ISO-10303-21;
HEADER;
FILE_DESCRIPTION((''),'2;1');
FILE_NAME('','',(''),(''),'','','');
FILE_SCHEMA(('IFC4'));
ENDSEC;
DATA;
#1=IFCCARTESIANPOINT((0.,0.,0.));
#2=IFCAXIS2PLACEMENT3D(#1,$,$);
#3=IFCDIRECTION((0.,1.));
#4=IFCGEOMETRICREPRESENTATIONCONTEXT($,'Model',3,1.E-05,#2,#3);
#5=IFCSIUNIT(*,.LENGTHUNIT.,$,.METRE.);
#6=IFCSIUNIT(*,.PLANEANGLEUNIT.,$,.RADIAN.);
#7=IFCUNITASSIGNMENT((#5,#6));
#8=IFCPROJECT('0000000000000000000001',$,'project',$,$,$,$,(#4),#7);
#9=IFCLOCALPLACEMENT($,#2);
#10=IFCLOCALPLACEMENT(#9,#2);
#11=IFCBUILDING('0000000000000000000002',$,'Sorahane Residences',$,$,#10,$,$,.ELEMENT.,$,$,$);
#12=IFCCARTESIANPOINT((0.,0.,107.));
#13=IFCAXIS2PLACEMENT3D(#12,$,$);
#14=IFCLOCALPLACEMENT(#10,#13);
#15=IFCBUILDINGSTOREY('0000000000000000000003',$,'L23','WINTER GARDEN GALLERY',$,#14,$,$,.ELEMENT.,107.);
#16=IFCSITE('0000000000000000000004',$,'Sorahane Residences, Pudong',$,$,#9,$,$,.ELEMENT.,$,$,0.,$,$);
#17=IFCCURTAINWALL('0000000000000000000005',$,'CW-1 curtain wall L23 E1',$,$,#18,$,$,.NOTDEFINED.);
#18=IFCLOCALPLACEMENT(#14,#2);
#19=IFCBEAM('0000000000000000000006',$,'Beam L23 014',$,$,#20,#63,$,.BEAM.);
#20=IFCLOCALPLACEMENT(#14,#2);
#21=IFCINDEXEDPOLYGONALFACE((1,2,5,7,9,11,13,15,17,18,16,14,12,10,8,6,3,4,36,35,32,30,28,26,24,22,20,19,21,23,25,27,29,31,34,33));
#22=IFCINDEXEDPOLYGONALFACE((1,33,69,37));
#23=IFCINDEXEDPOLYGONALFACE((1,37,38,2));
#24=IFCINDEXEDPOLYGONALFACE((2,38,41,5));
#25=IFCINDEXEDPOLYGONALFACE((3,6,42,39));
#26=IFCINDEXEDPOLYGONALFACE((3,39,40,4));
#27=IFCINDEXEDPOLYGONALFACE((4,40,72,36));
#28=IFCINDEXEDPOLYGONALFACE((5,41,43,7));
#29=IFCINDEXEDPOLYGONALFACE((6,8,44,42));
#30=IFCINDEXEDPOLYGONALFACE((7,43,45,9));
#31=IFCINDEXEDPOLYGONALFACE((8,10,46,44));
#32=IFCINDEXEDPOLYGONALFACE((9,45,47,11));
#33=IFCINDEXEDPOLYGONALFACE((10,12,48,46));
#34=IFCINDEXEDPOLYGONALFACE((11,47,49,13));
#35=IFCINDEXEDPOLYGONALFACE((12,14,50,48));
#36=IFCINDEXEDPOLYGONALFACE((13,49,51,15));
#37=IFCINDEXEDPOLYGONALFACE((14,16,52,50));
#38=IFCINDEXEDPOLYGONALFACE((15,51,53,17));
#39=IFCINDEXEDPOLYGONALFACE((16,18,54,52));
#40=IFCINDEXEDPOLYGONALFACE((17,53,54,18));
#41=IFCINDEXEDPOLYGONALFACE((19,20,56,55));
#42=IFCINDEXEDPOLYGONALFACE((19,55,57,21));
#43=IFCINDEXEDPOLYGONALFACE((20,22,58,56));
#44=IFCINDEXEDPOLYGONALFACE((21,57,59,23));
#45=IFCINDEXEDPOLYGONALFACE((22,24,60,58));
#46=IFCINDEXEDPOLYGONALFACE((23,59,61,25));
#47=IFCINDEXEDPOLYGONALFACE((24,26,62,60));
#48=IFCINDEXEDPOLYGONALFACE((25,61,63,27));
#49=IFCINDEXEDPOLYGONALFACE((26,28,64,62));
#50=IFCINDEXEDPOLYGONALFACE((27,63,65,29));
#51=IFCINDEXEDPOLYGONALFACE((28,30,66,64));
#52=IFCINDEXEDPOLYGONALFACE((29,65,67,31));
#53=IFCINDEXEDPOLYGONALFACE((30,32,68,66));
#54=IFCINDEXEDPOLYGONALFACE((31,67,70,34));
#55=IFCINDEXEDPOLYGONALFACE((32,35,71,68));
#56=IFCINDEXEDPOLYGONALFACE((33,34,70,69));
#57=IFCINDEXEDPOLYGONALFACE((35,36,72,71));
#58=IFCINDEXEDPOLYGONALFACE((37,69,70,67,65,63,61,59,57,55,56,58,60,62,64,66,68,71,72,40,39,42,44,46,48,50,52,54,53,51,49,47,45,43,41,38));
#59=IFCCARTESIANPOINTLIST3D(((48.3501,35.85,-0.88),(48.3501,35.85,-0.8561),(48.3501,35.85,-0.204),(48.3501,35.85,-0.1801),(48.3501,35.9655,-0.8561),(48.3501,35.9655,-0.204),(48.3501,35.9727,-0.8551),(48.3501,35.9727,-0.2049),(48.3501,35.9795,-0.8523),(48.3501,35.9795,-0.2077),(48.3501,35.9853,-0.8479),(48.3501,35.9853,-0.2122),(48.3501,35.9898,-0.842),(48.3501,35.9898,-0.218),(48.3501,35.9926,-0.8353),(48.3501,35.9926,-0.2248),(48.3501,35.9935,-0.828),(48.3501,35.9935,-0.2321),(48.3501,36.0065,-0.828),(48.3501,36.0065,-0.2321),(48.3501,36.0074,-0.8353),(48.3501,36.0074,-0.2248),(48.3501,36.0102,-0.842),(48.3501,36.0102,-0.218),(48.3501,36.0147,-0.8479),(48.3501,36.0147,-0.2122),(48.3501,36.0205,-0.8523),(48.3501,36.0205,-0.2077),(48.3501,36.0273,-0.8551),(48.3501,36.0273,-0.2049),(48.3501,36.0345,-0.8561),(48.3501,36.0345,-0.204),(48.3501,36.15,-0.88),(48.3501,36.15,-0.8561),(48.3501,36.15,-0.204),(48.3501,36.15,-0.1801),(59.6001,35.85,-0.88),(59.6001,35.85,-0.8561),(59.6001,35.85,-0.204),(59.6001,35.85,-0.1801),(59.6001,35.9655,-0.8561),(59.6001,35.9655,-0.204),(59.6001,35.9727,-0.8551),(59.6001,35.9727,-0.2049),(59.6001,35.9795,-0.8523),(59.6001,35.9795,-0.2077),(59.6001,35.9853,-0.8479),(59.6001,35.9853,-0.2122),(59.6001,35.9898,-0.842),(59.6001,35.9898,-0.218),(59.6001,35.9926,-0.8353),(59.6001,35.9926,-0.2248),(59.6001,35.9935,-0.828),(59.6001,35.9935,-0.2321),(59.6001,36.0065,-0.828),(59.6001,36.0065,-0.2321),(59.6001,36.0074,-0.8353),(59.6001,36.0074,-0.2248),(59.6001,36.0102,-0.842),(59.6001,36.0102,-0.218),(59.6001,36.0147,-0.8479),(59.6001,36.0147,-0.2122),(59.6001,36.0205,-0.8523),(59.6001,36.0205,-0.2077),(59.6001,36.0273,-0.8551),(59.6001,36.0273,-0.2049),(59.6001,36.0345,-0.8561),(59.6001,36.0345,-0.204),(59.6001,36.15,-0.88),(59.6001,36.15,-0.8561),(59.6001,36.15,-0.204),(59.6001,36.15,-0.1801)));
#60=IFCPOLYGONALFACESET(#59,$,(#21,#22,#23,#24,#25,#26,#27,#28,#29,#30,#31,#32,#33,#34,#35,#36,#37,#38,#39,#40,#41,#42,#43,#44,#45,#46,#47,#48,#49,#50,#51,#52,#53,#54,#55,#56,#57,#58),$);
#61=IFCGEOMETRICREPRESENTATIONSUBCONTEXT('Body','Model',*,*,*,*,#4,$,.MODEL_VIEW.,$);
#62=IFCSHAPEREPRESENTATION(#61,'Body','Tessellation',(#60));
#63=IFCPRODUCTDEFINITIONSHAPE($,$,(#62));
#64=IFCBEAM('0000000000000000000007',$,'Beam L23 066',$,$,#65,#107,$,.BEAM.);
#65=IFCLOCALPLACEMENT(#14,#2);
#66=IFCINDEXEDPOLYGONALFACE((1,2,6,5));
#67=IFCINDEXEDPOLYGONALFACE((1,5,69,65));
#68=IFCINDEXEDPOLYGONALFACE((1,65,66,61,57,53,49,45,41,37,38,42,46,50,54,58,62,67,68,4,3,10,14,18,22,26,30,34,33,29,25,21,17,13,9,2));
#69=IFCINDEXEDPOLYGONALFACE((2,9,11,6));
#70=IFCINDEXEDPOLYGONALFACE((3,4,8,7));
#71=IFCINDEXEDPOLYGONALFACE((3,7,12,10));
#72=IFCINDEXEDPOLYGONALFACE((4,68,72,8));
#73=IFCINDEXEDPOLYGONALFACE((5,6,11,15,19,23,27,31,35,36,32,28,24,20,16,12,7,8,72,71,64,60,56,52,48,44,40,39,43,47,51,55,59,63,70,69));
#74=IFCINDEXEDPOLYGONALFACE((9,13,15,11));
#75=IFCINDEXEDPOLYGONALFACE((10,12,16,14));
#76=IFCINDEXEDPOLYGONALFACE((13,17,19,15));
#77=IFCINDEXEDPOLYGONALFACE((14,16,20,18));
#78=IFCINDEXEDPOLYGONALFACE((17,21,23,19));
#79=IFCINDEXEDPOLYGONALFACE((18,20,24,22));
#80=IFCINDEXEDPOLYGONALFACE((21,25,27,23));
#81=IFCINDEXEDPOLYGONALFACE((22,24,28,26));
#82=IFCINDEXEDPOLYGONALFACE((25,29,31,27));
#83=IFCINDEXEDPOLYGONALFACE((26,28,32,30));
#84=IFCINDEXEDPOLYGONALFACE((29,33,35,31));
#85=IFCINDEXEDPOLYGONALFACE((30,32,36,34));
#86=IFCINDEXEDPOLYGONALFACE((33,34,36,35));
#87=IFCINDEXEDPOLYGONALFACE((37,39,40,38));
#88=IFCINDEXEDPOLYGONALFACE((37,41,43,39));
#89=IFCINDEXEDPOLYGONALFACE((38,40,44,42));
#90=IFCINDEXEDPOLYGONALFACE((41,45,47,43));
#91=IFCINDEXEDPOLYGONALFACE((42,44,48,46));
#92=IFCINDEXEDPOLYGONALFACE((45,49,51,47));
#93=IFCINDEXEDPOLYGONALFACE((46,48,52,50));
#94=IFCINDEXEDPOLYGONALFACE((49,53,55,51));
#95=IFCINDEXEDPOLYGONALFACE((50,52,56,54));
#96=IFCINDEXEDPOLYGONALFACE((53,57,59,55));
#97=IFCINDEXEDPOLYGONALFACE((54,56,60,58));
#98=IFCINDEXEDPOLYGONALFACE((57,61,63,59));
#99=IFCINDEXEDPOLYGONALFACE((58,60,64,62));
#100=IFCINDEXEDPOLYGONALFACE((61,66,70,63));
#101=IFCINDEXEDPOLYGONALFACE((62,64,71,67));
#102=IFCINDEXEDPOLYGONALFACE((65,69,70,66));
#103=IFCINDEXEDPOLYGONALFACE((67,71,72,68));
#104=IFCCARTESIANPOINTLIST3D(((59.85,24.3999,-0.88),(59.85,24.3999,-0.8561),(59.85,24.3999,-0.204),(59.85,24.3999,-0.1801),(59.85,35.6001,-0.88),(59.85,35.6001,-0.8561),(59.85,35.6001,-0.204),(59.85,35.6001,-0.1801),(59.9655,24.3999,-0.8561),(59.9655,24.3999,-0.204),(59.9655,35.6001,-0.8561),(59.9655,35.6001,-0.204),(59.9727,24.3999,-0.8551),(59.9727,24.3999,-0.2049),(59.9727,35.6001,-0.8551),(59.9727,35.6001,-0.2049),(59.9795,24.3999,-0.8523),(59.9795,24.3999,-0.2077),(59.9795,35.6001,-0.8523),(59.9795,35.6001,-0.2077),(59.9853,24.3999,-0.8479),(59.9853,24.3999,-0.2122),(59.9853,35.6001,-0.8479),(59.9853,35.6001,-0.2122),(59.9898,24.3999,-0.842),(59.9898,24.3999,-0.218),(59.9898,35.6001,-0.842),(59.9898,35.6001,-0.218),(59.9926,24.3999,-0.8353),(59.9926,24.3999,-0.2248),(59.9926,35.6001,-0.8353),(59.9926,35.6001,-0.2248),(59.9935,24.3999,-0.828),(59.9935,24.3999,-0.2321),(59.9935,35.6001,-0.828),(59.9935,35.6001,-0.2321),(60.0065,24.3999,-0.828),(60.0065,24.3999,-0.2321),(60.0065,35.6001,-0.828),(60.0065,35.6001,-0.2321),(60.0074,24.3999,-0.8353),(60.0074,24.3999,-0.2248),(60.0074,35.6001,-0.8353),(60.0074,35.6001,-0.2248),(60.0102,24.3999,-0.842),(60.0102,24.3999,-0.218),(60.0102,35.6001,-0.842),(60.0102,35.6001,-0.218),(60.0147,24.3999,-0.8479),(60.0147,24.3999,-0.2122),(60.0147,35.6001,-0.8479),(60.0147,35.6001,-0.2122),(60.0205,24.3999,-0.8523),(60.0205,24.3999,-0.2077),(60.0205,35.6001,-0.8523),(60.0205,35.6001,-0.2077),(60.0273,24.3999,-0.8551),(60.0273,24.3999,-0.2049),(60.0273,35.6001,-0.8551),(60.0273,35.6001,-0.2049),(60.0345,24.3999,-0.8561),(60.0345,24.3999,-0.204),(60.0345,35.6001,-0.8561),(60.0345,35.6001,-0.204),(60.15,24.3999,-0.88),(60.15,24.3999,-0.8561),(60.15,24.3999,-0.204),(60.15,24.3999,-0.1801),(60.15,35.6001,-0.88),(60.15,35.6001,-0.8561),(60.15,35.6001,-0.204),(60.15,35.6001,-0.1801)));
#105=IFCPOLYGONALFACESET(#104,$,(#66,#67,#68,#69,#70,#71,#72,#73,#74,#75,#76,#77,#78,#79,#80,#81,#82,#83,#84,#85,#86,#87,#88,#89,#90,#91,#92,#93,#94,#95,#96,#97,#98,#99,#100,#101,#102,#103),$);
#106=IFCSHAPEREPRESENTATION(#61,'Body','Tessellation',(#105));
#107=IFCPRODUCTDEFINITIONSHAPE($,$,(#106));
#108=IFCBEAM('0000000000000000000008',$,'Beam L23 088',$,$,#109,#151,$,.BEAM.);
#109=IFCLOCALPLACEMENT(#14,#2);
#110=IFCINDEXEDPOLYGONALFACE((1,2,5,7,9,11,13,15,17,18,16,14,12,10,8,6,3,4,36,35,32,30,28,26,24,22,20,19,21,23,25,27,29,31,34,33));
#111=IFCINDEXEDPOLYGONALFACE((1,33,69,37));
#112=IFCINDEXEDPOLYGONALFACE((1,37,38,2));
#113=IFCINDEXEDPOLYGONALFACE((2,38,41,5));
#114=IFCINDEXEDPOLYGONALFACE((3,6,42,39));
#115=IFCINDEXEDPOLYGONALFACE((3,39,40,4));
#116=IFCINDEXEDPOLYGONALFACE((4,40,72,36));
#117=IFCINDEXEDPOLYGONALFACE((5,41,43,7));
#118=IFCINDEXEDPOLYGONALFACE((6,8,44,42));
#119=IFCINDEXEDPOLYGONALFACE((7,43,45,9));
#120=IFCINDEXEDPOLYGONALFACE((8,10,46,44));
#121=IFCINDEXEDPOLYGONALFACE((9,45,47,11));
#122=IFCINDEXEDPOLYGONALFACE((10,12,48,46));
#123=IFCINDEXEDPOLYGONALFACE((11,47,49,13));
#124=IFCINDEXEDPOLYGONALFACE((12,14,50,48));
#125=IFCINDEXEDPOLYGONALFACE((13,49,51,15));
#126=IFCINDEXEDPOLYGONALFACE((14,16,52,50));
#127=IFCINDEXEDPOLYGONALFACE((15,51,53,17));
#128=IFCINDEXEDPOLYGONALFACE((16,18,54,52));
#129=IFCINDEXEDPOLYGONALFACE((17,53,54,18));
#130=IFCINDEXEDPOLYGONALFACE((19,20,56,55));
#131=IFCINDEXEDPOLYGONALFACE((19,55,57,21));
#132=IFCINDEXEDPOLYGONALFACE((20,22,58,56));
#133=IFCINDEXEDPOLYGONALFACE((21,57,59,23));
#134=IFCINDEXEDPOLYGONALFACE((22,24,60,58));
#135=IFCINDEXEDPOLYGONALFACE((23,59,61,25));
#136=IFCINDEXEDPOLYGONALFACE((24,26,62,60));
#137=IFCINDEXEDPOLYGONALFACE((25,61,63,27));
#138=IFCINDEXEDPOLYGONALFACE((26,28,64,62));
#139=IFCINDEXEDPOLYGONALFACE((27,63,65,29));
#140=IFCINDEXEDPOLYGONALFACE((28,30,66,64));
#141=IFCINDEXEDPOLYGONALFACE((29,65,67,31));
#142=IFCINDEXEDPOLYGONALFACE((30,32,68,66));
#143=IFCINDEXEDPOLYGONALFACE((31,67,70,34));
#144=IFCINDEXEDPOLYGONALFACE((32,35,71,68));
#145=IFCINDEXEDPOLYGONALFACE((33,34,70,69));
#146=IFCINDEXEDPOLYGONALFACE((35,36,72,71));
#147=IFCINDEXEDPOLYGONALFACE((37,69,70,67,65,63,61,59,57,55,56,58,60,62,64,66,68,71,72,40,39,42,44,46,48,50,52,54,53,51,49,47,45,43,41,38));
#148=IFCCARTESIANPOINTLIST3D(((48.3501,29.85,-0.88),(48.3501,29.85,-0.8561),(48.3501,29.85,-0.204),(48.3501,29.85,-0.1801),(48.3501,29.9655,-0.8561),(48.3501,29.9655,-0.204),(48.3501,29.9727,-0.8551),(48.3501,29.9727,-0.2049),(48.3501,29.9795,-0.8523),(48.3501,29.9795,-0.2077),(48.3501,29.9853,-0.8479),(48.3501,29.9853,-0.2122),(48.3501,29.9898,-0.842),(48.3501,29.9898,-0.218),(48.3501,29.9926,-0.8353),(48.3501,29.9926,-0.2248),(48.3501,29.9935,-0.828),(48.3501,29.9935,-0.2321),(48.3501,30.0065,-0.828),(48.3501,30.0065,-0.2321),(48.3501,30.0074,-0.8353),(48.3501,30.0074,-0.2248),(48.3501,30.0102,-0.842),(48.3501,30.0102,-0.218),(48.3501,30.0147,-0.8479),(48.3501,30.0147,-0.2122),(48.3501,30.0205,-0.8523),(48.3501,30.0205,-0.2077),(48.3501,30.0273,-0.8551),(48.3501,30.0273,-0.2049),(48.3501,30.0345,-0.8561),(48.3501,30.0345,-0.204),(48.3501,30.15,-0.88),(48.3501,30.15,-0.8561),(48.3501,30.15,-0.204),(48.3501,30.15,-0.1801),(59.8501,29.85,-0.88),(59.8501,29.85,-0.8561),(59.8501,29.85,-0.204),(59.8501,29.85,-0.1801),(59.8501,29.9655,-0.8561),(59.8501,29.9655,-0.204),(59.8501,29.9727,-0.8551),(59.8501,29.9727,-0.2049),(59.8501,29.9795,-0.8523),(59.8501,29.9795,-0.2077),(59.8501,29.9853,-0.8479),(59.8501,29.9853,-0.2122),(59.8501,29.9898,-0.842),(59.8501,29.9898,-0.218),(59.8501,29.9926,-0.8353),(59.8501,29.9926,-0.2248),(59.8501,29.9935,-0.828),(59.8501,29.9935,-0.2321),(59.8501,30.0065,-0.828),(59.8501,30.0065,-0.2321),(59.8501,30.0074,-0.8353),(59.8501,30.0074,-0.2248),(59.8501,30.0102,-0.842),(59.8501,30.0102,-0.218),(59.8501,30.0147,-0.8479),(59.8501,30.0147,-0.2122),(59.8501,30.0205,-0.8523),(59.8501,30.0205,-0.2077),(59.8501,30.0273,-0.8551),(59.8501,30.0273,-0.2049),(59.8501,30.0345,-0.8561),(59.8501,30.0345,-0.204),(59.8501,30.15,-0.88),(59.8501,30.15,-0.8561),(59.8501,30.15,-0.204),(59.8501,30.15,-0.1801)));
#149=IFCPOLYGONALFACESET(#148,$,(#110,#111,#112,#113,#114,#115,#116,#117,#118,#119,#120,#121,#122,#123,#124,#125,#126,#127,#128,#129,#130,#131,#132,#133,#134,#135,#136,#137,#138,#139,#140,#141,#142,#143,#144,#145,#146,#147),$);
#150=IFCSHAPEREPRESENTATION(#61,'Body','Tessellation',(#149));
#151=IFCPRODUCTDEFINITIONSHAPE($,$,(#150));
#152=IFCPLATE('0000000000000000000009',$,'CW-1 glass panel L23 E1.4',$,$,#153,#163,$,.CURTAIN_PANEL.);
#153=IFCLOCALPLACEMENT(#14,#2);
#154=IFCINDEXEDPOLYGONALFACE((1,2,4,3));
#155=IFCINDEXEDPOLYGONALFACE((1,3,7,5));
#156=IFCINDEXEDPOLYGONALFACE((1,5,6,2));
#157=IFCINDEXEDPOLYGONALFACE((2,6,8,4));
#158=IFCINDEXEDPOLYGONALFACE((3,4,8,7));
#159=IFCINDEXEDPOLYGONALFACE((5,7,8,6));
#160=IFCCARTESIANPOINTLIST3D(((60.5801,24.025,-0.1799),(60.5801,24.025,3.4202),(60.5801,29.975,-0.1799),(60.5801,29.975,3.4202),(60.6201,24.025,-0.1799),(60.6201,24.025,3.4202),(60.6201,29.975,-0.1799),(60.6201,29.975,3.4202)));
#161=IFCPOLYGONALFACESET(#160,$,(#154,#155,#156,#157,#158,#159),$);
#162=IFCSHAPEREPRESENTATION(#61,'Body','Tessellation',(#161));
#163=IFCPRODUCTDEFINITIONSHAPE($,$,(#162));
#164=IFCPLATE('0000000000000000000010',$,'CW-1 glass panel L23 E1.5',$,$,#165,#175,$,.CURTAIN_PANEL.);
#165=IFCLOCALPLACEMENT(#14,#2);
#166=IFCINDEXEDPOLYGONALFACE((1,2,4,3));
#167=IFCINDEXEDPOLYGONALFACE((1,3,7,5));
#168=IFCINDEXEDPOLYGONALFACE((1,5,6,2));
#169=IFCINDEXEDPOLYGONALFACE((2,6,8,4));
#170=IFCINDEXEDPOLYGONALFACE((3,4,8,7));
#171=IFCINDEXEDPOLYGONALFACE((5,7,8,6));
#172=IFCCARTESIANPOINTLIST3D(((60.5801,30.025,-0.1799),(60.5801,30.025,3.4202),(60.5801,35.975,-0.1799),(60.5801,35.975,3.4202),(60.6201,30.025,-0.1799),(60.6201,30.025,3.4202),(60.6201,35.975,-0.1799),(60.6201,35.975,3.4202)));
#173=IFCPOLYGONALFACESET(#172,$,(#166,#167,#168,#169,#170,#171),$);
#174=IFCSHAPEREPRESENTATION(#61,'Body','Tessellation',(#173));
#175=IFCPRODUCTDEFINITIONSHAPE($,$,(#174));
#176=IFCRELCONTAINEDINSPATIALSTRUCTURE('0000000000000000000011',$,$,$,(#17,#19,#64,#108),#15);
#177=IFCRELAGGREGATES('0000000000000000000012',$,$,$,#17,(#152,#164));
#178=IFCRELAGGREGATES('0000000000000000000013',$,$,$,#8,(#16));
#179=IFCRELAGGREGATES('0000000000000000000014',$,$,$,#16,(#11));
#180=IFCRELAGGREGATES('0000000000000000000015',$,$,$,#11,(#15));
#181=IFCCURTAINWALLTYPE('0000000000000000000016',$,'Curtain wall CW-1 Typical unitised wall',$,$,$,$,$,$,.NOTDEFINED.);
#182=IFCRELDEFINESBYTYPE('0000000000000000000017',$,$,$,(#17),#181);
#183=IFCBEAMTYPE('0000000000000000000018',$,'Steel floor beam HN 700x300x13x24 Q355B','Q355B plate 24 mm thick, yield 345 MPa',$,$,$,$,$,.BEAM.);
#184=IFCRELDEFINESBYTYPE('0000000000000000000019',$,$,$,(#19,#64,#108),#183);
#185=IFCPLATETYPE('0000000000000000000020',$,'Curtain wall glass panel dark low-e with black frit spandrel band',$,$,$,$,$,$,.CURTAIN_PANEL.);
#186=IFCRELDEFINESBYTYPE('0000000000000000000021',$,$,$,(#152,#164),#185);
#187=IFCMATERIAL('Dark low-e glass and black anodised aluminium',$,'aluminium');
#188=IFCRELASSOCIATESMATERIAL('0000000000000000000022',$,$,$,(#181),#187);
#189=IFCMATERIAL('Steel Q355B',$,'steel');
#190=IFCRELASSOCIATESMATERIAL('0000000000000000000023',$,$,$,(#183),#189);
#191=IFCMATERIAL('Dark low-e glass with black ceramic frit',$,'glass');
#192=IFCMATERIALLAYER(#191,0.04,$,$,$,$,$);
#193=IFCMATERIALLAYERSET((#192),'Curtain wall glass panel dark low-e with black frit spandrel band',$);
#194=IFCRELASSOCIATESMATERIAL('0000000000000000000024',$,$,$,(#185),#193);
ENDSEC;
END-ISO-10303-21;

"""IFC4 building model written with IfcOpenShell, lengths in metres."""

from ifc_helpers import new_model, si_unit, direction, frame, origin, origin_2d, place, context, subcontext, project, spatial, rectangle, i_section, extrude, material, layer, layer_set, material_profile, profile_set, type_object, element, aggregate, save


model = new_model("IFC4")

# Units and contexts
model_context = context("Model", 3, precision=1e-05, world=origin(), true_north=direction((0.0, 1.0)))
body_context = subcontext(model_context, "Body", "Model", "MODEL_VIEW")
ifc_project = project(units=[si_unit("LENGTHUNIT", "METRE"), si_unit("PLANEANGLEUNIT", "RADIAN")], contexts=[model_context])

# Site, building, storey
site_placement = place(None, origin())
site = spatial("IfcSite", under=ifc_project, at=site_placement, Name="Sorahane Residences, Pudong", CompositionType="ELEMENT", RefElevation=0.0)
building_placement = place(site_placement, origin())
building = spatial("IfcBuilding", under=site, at=building_placement, Name="Sorahane Residences", CompositionType="ELEMENT")
storey_placement = place(building_placement, frame((0.0, 0.0, 107.0)))
storey = spatial("IfcBuildingStorey", under=building, at=storey_placement, Name="L23", Description="WINTER GARDEN GALLERY", CompositionType="ELEMENT", Elevation=107.0)

# Curtain wall
ifc_material_1 = material(Name="Dark low-e glass and black anodised aluminium", Category="aluminium")
curtain_wall_type = type_object("IfcCurtainWallType", Name="Curtain wall CW-1 Typical unitised wall", PredefinedType="NOTDEFINED", material=ifc_material_1)
curtain_wall_placement = place(storey_placement, origin())
curtain_wall = element("IfcCurtainWall", 1, at=curtain_wall_placement, inside=storey, type_object=curtain_wall_type, Name="CW-1 curtain wall L23 E1", PredefinedType="NOTDEFINED")

# Beams
ifc_material_2 = material(Name="Steel Q355B", Category="steel")
ifc_material_profile_1 = material_profile(ifc_material_2, i_section(OverallWidth=0.3, OverallDepth=0.7, WebThickness=0.0129, FlangeThickness=0.0239, FilletRadius=0.0281, at=origin_2d()), Name="HN 700x300x13x24")
ifc_profile_set_1 = profile_set([ifc_material_profile_1], Name="Steel Q355B")
beam_type_1 = type_object("IfcBeamType", Name="Steel floor beam HN 700x300x13x24 Q355B", Description="Q355B plate 24 mm thick, yield 345 MPa", PredefinedType="BEAM", material=ifc_profile_set_1)
beam_1_placement = place(storey_placement, frame((48.3501, 36.0, -0.53), z_axis=(1.0, 0.0, 0.0), x_axis=(0.0, 1.0, 0.0)))
element("IfcBeam", 2, at=beam_1_placement, inside=storey, type_object=beam_type_1, Name="Beam L23 014", PredefinedType="BEAM", context=body_context, shape_type="SweptSolid", body=[
    extrude(i_section(OverallWidth=0.3, OverallDepth=0.7, WebThickness=0.0129, FlangeThickness=0.0239, FilletRadius=0.0281, at=origin_2d()), origin(), (0.0, 0.0, 1.0), 11.25),
])
beam_2_placement = place(storey_placement, frame((60.0, 24.3999, -0.53), z_axis=(0.0, 1.0, 0.0), x_axis=(-1.0, 0.0, 0.0)))
element("IfcBeam", 3, at=beam_2_placement, inside=storey, type_object=beam_type_1, Name="Beam L23 066", PredefinedType="BEAM", context=body_context, shape_type="SweptSolid", body=[
    extrude(i_section(OverallWidth=0.3, OverallDepth=0.7, WebThickness=0.0129, FlangeThickness=0.0239, FilletRadius=0.0281, at=origin_2d()), origin(), (0.0, 0.0, 1.0), 11.2002),
])
beam_3_placement = place(storey_placement, frame((48.3501, 30.0, -0.53), z_axis=(1.0, 0.0, 0.0), x_axis=(0.0, 1.0, 0.0)))
element("IfcBeam", 4, at=beam_3_placement, inside=storey, type_object=beam_type_1, Name="Beam L23 088", PredefinedType="BEAM", context=body_context, shape_type="SweptSolid", body=[
    extrude(i_section(OverallWidth=0.3, OverallDepth=0.7, WebThickness=0.0129, FlangeThickness=0.0239, FilletRadius=0.0281, at=origin_2d()), origin(), (0.0, 0.0, 1.0), 11.5),
])

# Plates
ifc_material_3 = material(Name="Dark low-e glass with black ceramic frit", Category="glass")
ifc_layer_1 = layer(ifc_material_3, 0.04)
ifc_layer_set_1 = layer_set([ifc_layer_1], Name="Curtain wall glass panel dark low-e with black frit spandrel band")
plate_type = type_object("IfcPlateType", Name="Curtain wall glass panel dark low-e with black frit spandrel band", PredefinedType="CURTAIN_PANEL", material=ifc_layer_set_1)
plate_1_placement = place(storey_placement, frame((60.6001, 27.0, -0.1799), z_axis=(0.0, 0.0, 1.0), x_axis=(0.0, 1.0, 0.0)))
plate_1 = element("IfcPlate", 5, at=plate_1_placement, type_object=plate_type, Name="CW-1 glass panel L23 E1.4", PredefinedType="CURTAIN_PANEL", context=body_context, shape_type="SweptSolid", body=[
    extrude(rectangle(XDim=5.95, YDim=0.04, at=origin_2d()), origin(), (0.0, 0.0, 1.0), 3.6001),
])
plate_2_placement = place(storey_placement, frame((60.6001, 33.0, -0.1799), z_axis=(0.0, 0.0, 1.0), x_axis=(0.0, 1.0, 0.0)))
plate_2 = element("IfcPlate", 6, at=plate_2_placement, type_object=plate_type, Name="CW-1 glass panel L23 E1.5", PredefinedType="CURTAIN_PANEL", context=body_context, shape_type="SweptSolid", body=[
    extrude(rectangle(XDim=5.95, YDim=0.04, at=origin_2d()), origin(), (0.0, 0.0, 1.0), 3.6001),
])
aggregate(curtain_wall, [plate_1, plate_2])

save(model, "model.ifc")
